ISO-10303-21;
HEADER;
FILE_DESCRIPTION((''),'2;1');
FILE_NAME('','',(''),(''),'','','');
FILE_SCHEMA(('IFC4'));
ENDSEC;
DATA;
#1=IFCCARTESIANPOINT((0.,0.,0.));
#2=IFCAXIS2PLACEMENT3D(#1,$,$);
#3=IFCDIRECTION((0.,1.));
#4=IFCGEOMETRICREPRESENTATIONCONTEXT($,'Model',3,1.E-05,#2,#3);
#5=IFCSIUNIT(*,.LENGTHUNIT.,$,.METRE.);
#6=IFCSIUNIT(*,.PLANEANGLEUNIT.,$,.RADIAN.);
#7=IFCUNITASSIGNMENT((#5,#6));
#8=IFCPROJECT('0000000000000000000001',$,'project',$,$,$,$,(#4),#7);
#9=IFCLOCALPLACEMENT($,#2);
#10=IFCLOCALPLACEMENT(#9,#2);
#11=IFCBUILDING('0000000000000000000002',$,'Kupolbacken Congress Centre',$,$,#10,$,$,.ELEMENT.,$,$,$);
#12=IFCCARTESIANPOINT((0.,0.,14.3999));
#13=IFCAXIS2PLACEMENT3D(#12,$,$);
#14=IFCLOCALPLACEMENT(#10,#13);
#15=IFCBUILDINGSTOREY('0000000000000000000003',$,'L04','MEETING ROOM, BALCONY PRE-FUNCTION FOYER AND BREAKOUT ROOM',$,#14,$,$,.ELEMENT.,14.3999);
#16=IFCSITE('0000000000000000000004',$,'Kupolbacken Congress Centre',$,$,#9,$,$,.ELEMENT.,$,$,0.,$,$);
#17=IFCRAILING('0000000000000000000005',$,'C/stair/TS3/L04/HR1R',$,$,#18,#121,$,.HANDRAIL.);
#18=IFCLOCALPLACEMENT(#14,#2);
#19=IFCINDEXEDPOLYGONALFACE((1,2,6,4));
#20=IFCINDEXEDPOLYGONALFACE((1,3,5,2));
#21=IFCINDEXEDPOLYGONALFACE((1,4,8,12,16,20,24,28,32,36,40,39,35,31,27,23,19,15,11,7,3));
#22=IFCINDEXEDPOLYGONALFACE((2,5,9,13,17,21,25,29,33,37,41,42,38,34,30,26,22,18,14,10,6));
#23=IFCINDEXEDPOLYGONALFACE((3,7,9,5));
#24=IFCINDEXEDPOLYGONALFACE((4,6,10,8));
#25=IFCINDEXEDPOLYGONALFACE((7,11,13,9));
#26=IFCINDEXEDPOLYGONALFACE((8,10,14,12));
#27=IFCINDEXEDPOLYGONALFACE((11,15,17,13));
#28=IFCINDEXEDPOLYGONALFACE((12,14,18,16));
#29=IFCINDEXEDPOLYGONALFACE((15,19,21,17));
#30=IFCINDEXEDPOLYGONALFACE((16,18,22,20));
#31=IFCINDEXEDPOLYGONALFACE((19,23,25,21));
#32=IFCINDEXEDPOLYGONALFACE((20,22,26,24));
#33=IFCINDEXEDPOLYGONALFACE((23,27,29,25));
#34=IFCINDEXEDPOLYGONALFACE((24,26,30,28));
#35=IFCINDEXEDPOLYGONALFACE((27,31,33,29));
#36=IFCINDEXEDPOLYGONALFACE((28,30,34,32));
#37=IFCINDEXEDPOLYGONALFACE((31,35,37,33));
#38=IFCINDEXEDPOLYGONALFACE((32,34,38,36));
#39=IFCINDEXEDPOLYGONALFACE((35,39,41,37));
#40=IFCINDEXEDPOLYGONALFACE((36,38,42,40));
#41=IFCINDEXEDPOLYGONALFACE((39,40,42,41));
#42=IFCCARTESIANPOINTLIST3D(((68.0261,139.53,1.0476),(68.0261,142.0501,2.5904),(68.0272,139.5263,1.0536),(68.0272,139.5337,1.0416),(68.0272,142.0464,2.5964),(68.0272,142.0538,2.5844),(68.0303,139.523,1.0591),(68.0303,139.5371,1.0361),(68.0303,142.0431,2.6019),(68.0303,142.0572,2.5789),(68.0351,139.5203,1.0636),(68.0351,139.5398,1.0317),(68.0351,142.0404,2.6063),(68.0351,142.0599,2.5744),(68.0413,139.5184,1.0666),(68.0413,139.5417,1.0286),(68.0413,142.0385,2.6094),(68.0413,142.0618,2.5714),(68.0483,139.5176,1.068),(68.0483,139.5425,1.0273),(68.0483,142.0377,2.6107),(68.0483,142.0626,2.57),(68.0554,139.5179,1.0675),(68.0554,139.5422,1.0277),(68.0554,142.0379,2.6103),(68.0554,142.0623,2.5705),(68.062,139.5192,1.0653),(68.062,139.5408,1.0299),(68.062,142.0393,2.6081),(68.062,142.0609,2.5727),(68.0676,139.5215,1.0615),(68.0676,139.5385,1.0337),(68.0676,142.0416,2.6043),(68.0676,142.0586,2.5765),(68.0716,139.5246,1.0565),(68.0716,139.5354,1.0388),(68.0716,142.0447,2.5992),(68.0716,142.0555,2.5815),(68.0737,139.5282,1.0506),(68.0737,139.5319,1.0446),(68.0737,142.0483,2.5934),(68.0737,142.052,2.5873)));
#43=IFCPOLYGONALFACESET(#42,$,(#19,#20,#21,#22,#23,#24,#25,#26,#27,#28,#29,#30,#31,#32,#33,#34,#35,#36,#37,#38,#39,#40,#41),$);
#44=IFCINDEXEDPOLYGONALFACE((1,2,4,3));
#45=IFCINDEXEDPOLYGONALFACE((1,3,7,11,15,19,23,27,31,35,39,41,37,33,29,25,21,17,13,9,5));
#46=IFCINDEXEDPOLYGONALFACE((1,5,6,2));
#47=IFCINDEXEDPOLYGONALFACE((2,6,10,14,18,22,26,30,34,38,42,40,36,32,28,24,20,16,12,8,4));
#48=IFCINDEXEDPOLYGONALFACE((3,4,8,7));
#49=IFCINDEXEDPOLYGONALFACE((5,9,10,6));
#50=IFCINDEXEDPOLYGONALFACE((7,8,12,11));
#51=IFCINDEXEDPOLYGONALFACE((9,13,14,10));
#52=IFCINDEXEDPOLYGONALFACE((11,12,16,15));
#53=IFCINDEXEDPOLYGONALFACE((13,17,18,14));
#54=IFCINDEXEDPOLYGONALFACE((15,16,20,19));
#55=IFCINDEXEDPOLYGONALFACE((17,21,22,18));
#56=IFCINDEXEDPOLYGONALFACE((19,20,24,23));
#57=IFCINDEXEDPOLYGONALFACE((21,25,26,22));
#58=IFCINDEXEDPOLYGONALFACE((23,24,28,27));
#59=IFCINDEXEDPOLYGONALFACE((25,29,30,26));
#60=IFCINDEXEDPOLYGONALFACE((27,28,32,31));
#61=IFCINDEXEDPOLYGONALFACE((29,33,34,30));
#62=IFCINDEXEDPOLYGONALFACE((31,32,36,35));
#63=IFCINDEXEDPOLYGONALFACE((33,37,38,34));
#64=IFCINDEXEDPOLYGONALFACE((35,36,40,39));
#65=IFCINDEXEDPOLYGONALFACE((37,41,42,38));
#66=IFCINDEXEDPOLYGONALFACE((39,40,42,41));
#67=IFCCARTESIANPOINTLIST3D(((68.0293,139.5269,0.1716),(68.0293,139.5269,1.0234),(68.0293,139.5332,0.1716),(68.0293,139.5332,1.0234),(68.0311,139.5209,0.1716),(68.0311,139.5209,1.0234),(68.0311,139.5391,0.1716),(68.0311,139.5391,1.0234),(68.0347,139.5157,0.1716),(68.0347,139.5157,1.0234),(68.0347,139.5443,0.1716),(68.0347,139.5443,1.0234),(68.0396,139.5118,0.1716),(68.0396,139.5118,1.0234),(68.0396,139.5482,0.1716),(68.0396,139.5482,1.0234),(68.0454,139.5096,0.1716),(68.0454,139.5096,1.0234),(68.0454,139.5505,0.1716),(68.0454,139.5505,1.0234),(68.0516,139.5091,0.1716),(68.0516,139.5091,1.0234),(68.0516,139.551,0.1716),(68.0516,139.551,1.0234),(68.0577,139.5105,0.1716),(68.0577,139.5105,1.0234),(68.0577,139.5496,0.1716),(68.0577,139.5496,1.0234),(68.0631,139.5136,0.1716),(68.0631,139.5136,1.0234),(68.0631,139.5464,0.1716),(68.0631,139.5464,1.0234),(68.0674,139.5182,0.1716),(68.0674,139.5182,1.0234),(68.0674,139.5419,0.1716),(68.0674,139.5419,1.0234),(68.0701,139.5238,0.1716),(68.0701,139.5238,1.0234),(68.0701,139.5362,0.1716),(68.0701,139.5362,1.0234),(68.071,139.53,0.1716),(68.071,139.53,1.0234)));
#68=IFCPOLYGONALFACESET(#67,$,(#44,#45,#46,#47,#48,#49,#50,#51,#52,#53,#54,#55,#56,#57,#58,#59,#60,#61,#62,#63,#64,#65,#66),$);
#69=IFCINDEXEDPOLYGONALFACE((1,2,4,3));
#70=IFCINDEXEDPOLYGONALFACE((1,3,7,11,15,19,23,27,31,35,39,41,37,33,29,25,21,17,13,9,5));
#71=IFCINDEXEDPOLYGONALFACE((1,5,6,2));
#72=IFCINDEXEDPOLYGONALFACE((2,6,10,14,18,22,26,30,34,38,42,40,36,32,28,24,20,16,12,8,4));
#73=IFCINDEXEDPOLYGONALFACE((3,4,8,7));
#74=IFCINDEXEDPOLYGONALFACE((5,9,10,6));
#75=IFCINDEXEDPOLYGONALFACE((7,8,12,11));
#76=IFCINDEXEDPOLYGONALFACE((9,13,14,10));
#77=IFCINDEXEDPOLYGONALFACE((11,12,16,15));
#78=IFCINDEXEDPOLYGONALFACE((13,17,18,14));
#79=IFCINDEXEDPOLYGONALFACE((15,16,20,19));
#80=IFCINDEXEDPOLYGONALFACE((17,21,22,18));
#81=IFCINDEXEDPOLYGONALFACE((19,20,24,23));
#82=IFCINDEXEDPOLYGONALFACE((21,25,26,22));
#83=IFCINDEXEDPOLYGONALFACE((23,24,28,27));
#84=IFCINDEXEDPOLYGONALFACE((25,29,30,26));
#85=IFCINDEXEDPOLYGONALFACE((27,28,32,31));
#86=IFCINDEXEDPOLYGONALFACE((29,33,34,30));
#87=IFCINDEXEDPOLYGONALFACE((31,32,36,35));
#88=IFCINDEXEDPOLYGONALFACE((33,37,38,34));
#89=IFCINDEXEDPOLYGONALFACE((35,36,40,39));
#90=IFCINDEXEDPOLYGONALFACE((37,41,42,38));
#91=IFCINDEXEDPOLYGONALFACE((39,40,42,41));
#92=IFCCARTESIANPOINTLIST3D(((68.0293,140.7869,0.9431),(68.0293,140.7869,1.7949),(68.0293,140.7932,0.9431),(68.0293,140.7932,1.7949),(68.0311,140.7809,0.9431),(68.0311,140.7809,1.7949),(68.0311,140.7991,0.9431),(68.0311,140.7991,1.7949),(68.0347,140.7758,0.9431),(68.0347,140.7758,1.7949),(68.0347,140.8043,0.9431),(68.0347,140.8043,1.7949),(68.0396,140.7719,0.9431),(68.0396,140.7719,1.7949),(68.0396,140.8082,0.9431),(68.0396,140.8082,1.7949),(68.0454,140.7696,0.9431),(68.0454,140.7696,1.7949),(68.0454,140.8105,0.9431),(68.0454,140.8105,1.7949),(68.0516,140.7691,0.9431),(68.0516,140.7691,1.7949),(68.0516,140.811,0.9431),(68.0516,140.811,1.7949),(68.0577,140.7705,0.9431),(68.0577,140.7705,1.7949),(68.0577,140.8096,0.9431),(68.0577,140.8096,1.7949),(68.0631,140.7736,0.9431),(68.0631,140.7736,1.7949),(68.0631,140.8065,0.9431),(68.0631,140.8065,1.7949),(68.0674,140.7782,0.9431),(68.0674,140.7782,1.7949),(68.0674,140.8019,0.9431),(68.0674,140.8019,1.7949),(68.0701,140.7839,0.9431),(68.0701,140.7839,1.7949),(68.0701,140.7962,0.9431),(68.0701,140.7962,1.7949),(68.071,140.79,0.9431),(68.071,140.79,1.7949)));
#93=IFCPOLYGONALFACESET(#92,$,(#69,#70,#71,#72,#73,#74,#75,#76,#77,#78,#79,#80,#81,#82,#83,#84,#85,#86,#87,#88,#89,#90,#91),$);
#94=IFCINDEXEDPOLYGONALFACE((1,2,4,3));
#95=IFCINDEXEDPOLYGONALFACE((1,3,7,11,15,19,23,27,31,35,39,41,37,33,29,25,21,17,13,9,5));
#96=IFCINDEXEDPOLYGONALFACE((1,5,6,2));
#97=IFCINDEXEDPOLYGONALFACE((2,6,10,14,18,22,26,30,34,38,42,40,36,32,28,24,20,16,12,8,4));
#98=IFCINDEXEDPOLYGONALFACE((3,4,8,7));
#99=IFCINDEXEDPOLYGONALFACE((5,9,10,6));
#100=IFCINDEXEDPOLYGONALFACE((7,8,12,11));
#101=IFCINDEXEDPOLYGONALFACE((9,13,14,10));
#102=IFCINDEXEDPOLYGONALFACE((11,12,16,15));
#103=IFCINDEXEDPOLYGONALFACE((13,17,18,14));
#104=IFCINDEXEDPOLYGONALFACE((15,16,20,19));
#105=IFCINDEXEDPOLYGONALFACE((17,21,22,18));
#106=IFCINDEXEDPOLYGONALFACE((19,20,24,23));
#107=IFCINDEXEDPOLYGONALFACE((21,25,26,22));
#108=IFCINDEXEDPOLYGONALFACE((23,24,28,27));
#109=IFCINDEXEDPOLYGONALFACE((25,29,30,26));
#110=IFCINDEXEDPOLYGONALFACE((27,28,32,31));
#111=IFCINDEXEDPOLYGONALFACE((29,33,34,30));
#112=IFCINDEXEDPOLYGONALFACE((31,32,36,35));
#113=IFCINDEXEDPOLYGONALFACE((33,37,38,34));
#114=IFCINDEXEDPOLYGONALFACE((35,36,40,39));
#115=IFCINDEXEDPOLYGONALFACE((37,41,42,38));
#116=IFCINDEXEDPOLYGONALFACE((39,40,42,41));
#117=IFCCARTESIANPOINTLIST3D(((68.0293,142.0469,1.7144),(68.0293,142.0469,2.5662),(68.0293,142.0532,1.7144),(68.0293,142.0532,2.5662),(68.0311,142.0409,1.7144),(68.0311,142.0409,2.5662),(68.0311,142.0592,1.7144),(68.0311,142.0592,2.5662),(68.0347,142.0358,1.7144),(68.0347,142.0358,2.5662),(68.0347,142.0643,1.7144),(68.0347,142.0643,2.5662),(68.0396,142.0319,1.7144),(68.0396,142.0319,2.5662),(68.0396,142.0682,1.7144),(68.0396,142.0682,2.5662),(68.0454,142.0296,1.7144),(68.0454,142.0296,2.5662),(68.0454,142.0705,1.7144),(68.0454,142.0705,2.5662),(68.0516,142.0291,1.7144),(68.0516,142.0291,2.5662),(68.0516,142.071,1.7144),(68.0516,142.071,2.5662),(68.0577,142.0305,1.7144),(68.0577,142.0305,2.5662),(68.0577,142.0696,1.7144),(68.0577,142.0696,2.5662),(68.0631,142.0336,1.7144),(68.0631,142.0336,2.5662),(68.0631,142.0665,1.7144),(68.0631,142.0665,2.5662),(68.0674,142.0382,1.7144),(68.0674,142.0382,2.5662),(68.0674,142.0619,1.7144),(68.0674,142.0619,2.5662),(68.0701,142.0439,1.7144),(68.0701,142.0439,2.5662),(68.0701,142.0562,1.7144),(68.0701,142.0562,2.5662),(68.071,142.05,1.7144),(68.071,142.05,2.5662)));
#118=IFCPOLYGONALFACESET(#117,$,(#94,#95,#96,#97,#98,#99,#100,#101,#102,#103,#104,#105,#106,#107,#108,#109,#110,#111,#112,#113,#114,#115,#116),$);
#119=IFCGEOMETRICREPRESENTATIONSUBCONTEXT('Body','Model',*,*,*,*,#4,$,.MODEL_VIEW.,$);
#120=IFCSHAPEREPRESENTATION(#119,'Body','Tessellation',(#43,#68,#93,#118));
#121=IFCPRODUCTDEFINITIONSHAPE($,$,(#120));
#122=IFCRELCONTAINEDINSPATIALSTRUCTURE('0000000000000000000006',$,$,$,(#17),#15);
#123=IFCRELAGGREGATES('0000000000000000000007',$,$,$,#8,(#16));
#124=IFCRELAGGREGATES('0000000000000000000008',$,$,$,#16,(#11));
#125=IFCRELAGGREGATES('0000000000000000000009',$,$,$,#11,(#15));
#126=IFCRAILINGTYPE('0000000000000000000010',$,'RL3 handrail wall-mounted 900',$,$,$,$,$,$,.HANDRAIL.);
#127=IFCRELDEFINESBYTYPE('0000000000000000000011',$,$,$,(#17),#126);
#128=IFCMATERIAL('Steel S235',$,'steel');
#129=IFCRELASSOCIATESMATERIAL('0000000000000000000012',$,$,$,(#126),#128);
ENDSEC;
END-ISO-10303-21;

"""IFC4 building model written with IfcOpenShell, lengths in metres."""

from ifc_helpers import new_model, si_unit, direction, frame, origin, origin_2d, place, context, subcontext, project, spatial, circle, extrude, material, type_object, element, save


model = new_model("IFC4")

# Units and contexts
model_context = context("Model", 3, precision=1e-05, world=origin(), true_north=direction((0.0, 1.0)))
body_context = subcontext(model_context, "Body", "Model", "MODEL_VIEW")
ifc_project = project(units=[si_unit("LENGTHUNIT", "METRE"), si_unit("PLANEANGLEUNIT", "RADIAN")], contexts=[model_context])

# Site, building, storey
site_placement = place(None, origin())
site = spatial("IfcSite", under=ifc_project, at=site_placement, Name="Kupolbacken Congress Centre", CompositionType="ELEMENT", RefElevation=0.0)
building_placement = place(site_placement, origin())
building = spatial("IfcBuilding", under=site, at=building_placement, Name="Kupolbacken Congress Centre", CompositionType="ELEMENT")
storey_placement = place(building_placement, frame((0.0, 0.0, 14.3999)))
storey = spatial("IfcBuildingStorey", under=building, at=storey_placement, Name="L04", Description="MEETING ROOM, BALCONY PRE-FUNCTION FOYER AND BREAKOUT ROOM", CompositionType="ELEMENT", Elevation=14.3999)

# Railing
ifc_material_1 = material(Name="Steel S235", Category="steel")
railing_type = type_object("IfcRailingType", Name="RL3 handrail wall-mounted 900", PredefinedType="HANDRAIL", material=ifc_material_1)
for number, where, name in (
    (1, (68.05, 139.53, 0.1716), "C/stair/TS3/L04/HR1R"),
):
    element("IfcRailing", number, at=place(storey_placement, frame(where)), inside=storey, type_object=railing_type, Name=name, PredefinedType="HANDRAIL", context=body_context, shape_type="SweptSolid", body=[
        extrude(circle(Radius=0.0239, at=origin_2d()), frame((0.0, 0.0, 0.876), z_axis=(0.0, 0.852873, 0.522118), x_axis=(-1.0, 0.0, 0.0)), (0.0, 0.0, 1.0), 2.9548),
        extrude(circle(Radius=0.021, at=origin_2d()), origin(), (0.0, 0.0, 1.0), 0.8518),
        extrude(circle(Radius=0.021, at=origin_2d()), frame((0.0, 1.26, 0.7715)), (0.0, 0.0, 1.0), 0.8518),
        extrude(circle(Radius=0.021, at=origin_2d()), frame((0.0, 2.52, 1.5427)), (0.0, 0.0, 1.0), 0.8518),
    ])

save(model, "model.ifc")
